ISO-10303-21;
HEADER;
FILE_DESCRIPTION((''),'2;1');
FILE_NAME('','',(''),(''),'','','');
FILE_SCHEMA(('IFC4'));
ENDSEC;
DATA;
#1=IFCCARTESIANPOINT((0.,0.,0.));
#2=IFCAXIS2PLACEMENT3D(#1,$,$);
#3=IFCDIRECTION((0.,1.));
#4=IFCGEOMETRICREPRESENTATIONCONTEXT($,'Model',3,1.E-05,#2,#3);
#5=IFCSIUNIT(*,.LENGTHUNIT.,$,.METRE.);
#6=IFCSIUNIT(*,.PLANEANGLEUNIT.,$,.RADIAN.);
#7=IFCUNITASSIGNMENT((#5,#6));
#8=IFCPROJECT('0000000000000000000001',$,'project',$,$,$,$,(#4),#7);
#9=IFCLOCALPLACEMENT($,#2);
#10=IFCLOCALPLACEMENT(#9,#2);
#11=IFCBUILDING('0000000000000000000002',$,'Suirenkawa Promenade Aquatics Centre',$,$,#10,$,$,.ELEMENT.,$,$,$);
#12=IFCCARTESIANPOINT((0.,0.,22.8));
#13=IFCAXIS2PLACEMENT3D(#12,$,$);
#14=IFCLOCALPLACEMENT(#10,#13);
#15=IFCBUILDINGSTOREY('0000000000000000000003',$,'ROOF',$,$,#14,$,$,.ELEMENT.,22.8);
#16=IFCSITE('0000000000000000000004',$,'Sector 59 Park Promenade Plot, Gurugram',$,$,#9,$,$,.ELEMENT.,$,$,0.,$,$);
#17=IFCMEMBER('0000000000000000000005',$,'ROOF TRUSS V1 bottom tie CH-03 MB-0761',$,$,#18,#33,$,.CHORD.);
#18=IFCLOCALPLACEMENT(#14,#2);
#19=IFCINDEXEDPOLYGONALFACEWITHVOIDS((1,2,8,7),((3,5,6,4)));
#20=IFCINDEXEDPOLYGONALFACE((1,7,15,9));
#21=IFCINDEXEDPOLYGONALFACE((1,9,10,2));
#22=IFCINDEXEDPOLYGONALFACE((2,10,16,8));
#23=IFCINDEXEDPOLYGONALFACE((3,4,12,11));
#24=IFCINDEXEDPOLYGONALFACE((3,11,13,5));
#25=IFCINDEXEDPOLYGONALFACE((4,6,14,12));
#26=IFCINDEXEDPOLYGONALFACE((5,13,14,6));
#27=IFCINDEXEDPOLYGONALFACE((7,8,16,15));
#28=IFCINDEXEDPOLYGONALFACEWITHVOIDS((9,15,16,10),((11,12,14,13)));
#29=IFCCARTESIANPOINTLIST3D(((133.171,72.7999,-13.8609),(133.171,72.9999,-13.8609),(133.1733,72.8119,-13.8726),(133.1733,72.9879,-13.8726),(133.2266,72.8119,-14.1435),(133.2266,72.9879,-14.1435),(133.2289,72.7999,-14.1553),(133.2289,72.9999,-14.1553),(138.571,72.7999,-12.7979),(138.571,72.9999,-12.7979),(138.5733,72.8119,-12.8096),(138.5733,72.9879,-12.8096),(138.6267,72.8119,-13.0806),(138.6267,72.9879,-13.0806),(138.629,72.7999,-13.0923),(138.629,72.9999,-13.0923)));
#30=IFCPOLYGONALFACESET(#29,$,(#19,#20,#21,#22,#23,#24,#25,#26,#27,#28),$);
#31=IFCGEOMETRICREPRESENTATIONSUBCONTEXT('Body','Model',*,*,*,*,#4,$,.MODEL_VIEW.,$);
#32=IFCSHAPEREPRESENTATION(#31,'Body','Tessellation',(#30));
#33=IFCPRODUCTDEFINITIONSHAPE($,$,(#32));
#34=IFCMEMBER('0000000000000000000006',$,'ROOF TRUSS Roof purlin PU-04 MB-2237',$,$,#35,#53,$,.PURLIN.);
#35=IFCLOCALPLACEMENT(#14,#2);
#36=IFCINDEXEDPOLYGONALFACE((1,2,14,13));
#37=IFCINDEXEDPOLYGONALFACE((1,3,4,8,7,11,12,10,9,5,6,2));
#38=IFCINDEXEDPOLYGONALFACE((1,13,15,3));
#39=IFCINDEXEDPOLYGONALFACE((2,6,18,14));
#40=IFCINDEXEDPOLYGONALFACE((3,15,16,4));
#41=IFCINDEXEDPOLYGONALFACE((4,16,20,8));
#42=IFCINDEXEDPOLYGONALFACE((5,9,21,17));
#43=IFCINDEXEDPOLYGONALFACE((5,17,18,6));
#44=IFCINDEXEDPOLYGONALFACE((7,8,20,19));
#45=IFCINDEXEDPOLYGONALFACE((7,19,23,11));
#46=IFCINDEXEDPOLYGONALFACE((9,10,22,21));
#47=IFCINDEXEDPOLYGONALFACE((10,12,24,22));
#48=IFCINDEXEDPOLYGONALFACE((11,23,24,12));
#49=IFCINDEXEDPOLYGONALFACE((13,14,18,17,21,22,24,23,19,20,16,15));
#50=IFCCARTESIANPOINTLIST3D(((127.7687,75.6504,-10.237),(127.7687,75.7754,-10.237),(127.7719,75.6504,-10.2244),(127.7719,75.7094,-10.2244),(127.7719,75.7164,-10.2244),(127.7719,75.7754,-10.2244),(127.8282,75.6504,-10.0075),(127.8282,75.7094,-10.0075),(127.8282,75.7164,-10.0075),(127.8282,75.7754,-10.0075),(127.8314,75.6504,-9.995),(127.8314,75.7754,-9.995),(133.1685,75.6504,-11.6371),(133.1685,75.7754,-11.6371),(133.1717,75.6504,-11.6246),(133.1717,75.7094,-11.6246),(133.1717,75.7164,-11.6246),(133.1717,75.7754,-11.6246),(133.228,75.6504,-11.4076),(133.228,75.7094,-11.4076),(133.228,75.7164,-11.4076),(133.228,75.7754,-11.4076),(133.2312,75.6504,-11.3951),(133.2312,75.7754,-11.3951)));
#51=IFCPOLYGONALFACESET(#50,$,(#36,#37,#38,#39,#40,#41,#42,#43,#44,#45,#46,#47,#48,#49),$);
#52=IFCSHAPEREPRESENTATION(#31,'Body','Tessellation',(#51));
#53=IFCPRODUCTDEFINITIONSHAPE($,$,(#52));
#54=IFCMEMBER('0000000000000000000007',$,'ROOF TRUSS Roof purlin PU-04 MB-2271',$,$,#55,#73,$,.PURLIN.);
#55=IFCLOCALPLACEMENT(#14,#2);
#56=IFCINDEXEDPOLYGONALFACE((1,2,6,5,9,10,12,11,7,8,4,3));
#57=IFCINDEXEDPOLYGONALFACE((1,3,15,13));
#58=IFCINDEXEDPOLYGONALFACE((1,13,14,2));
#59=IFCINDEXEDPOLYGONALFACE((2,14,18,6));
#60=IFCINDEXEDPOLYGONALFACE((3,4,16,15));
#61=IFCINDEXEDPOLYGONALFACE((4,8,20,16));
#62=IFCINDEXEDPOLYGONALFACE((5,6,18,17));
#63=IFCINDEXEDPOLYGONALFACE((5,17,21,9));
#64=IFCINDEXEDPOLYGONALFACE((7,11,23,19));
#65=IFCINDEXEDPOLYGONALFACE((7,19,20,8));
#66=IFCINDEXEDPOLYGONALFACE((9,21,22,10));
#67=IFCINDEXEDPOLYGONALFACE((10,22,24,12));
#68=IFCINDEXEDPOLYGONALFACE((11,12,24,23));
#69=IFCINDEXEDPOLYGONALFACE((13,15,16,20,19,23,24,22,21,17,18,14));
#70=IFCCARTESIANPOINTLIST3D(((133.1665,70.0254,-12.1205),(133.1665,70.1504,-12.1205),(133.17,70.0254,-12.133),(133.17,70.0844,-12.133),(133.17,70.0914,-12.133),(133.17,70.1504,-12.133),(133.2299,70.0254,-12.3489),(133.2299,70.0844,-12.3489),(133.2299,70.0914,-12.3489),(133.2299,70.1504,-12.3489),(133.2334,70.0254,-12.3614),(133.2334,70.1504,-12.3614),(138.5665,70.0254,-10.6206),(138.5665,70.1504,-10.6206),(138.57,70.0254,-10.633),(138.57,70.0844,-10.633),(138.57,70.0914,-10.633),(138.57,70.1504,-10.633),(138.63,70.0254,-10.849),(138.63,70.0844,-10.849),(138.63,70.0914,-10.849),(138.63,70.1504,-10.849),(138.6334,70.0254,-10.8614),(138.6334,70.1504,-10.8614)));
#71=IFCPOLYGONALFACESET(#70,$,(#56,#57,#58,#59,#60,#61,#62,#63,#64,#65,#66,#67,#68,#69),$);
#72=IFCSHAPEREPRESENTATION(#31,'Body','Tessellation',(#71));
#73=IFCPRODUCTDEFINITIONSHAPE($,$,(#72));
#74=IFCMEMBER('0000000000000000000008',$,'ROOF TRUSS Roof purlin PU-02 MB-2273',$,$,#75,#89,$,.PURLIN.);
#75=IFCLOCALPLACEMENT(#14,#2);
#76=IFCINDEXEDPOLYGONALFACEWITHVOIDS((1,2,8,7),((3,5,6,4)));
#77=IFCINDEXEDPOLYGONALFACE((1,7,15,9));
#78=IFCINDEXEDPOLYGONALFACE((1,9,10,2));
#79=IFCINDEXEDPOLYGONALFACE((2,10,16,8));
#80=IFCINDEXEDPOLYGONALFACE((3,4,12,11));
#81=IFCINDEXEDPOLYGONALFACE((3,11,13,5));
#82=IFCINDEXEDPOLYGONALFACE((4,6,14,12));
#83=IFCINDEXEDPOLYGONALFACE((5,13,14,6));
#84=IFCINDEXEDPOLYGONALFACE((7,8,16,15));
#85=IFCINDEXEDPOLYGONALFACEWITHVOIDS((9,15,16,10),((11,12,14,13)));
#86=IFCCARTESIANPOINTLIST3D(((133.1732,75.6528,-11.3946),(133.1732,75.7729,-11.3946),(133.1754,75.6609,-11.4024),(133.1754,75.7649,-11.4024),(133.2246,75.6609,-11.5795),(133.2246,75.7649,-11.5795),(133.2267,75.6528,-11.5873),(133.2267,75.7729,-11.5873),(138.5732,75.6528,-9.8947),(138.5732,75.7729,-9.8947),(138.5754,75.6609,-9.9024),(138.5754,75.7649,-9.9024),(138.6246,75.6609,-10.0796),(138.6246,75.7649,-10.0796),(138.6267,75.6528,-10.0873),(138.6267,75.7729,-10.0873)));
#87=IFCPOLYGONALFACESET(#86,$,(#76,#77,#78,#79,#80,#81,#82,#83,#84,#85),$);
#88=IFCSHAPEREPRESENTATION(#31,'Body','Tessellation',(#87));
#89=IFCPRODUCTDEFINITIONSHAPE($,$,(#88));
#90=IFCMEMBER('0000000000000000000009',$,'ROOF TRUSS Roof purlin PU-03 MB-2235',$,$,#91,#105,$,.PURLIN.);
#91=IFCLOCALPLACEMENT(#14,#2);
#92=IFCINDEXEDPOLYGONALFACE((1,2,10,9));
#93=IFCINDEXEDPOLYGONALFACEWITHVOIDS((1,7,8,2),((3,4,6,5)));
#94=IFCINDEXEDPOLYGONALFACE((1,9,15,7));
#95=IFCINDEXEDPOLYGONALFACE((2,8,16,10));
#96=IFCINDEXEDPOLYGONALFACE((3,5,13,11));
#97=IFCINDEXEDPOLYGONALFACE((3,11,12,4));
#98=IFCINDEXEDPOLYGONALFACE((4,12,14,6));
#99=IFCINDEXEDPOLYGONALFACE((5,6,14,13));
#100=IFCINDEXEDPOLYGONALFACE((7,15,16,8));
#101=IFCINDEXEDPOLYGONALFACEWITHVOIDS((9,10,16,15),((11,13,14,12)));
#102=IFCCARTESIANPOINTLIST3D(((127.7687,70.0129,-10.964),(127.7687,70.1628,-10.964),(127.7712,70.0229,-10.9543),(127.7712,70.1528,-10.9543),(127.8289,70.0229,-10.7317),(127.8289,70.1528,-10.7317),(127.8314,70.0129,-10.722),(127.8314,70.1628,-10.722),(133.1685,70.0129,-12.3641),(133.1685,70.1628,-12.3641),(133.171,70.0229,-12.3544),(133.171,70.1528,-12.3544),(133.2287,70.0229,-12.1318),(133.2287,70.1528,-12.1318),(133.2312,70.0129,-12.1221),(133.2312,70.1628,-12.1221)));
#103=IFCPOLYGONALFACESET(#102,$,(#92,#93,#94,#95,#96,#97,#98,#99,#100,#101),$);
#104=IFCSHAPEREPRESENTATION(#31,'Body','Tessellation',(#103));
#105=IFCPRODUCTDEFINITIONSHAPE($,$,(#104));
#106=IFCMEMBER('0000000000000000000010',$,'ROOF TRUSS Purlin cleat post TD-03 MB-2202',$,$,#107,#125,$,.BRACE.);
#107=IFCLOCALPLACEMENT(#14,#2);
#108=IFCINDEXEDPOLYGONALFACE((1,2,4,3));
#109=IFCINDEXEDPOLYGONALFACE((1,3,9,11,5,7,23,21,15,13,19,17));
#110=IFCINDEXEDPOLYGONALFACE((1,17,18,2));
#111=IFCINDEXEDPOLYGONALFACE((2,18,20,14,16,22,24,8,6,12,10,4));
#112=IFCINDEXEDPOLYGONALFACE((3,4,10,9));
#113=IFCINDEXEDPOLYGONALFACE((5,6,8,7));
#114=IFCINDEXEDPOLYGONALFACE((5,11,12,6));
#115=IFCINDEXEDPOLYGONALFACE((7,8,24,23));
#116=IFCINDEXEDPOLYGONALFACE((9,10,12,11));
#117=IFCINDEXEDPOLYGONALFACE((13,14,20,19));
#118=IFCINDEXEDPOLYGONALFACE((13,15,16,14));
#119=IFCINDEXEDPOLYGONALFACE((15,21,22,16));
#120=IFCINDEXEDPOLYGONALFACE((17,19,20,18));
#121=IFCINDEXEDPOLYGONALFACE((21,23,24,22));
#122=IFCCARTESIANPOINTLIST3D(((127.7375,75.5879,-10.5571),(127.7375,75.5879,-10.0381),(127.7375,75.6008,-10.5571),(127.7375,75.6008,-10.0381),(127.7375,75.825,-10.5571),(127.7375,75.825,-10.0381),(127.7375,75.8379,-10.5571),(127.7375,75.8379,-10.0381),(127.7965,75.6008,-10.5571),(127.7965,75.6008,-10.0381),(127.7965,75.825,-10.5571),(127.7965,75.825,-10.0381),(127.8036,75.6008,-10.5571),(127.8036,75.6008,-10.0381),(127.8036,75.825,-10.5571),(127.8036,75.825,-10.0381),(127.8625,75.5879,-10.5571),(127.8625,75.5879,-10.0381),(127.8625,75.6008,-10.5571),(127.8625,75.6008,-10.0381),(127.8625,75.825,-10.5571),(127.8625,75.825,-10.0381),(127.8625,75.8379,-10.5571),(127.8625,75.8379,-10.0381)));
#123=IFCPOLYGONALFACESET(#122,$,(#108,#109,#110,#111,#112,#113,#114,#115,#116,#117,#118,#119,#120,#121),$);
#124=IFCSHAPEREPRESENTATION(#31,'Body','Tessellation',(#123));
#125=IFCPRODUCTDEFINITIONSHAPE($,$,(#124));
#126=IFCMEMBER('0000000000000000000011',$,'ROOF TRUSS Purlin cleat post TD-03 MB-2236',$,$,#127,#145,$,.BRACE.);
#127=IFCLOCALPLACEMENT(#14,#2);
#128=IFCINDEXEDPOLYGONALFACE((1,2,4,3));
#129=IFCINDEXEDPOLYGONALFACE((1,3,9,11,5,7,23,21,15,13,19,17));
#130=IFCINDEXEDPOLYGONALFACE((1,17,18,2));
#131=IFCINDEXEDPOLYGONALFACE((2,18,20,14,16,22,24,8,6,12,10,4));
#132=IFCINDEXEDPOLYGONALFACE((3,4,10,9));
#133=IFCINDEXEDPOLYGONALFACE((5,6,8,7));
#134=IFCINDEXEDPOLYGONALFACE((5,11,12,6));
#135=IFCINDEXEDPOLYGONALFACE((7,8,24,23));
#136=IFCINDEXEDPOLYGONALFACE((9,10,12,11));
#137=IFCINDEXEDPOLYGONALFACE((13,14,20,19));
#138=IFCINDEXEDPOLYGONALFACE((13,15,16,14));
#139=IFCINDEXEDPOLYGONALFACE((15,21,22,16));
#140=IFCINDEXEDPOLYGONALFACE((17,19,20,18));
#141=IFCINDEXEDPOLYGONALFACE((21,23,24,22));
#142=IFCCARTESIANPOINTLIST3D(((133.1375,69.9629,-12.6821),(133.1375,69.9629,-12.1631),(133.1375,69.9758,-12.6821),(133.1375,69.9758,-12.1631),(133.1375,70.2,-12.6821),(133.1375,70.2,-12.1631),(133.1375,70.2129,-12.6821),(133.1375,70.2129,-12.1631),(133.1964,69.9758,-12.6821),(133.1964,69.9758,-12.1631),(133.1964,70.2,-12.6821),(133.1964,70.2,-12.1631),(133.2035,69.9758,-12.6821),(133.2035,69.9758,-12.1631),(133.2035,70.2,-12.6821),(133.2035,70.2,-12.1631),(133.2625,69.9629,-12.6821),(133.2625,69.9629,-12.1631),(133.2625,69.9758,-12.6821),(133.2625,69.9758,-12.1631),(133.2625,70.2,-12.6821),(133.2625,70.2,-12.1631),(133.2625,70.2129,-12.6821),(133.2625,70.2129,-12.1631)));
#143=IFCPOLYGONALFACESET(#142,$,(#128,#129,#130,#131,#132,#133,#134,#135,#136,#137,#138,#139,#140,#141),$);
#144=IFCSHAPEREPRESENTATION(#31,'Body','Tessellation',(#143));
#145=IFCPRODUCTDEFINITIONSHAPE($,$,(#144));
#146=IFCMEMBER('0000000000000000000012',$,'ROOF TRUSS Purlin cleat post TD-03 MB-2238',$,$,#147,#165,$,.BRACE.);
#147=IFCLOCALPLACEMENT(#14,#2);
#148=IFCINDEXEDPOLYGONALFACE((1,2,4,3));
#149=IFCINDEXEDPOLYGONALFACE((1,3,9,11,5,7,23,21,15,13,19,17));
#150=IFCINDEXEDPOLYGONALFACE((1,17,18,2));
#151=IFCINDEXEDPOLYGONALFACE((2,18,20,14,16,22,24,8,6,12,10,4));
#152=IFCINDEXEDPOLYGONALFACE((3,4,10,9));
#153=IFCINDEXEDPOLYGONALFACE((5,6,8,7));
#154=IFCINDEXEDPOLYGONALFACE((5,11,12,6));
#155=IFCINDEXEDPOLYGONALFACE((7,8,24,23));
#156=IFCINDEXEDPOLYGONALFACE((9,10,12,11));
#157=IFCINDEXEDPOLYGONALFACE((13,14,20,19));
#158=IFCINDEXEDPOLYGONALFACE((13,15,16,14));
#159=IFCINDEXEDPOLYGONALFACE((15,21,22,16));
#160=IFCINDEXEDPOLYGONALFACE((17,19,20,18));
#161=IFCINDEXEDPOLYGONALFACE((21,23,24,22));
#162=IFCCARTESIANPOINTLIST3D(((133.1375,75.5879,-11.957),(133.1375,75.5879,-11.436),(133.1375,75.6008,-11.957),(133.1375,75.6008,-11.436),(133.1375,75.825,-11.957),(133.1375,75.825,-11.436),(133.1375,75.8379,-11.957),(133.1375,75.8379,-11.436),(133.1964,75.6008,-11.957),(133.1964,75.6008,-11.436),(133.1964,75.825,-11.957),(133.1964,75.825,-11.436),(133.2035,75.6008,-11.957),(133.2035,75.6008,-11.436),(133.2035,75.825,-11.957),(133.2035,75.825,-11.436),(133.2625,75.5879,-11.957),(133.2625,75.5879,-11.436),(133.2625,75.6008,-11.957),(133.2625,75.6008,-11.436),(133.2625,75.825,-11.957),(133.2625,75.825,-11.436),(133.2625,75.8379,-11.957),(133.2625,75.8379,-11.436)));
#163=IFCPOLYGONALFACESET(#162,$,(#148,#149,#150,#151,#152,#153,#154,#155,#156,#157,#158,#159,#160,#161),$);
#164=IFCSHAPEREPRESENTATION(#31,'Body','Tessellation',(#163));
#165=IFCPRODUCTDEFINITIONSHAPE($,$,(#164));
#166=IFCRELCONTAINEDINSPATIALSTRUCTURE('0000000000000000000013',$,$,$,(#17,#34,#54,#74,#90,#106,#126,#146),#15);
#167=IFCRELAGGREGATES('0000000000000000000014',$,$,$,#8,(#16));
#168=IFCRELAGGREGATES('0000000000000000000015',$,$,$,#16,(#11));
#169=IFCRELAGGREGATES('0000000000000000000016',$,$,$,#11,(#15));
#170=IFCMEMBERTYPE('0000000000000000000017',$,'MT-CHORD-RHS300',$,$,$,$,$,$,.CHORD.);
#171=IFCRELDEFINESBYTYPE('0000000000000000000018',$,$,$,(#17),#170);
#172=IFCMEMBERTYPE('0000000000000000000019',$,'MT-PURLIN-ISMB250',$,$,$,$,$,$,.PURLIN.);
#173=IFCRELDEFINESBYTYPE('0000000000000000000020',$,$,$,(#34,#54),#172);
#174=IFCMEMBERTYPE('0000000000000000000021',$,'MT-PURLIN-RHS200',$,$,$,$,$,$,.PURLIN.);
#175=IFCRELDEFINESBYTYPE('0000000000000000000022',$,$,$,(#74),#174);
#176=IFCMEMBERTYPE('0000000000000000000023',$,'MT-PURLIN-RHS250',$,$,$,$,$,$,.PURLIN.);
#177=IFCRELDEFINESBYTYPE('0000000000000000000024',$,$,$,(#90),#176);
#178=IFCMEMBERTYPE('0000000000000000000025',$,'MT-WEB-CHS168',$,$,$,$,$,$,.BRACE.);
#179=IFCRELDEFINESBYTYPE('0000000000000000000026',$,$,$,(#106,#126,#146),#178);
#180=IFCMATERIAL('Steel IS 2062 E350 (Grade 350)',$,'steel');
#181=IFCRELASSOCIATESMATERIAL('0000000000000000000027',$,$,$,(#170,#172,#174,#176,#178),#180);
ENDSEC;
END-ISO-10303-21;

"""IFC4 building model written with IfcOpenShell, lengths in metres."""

from ifc_helpers import new_model, si_unit, direction, frame, origin, origin_2d, place, context, subcontext, project, spatial, hollow_rectangle, i_section, extrude, material, material_profile, profile_set, type_object, element, save


model = new_model("IFC4")

# Units and contexts
model_context = context("Model", 3, precision=1e-05, world=origin(), true_north=direction((0.0, 1.0)))
body_context = subcontext(model_context, "Body", "Model", "MODEL_VIEW")
ifc_project = project(units=[si_unit("LENGTHUNIT", "METRE"), si_unit("PLANEANGLEUNIT", "RADIAN")], contexts=[model_context])

# Site, building, storey
site_placement = place(None, origin())
site = spatial("IfcSite", under=ifc_project, at=site_placement, Name="Sector 59 Park Promenade Plot, Gurugram", CompositionType="ELEMENT", RefElevation=0.0)
building_placement = place(site_placement, origin())
building = spatial("IfcBuilding", under=site, at=building_placement, Name="Suirenkawa Promenade Aquatics Centre", CompositionType="ELEMENT")
storey_placement = place(building_placement, frame((0.0, 0.0, 22.8)))
storey = spatial("IfcBuildingStorey", under=building, at=storey_placement, Name="ROOF", CompositionType="ELEMENT", Elevation=22.8)

# Shared definitions
ifc_material = material(Name="Steel IS 2062 E350 (Grade 350)", Category="steel")

# Members
ifc_material_profile_1 = material_profile(ifc_material, hollow_rectangle(XDim=0.2, YDim=0.3, WallThickness=0.012, at=origin_2d()), Name="RHS 300x200x12", Category="steel")
ifc_profile_set_1 = profile_set([ifc_material_profile_1], Name="Steel IS 2062 E350 (Grade 350)")
member_type_1 = type_object("IfcMemberType", Name="MT-CHORD-RHS300", PredefinedType="CHORD", material=ifc_profile_set_1)
member_1_placement = place(storey_placement, frame((133.2, 72.8999, -14.0081), z_axis=(0.981172, 0.0, 0.193138), x_axis=(0.0, 1.0, 0.0)))
element("IfcMember", 1, at=member_1_placement, inside=storey, type_object=member_type_1, Name="ROOF TRUSS V1 bottom tie CH-03 MB-0761", PredefinedType="CHORD", context=body_context, shape_type="SweptSolid", body=[
    extrude(hollow_rectangle(XDim=0.2, YDim=0.3, WallThickness=0.012, at=origin_2d()), origin(), (0.0, 0.0, 1.0), 5.5037),
])
ifc_material_profile_2 = material_profile(ifc_material, i_section(OverallWidth=0.125, OverallDepth=0.25, WebThickness=0.0071, FlangeThickness=0.0129, at=origin_2d()), Name="ISMB 250", Category="steel")
ifc_profile_set_2 = profile_set([ifc_material_profile_2], Name="Steel IS 2062 E350 (Grade 350)")
member_type_2 = type_object("IfcMemberType", Name="MT-PURLIN-ISMB250", PredefinedType="PURLIN", material=ifc_profile_set_2)
member_2_placement = place(storey_placement, frame((127.8, 75.7129, -10.116), z_axis=(0.967989, 0.0, -0.250991), x_axis=(0.0, 1.0, 0.0)))
element("IfcMember", 2, at=member_2_placement, inside=storey, type_object=member_type_2, Name="ROOF TRUSS Roof purlin PU-04 MB-2237", PredefinedType="PURLIN", context=body_context, shape_type="SweptSolid", body=[
    extrude(i_section(OverallWidth=0.125, OverallDepth=0.25, WebThickness=0.0071, FlangeThickness=0.0129, at=origin_2d()), origin(), (0.0, 0.0, 1.0), 5.5784),
])
member_3_placement = place(storey_placement, frame((133.2, 70.0879, -12.241), z_axis=(0.96352, 0.0, 0.267637), x_axis=(0.0, 1.0, 0.0)))
element("IfcMember", 3, at=member_3_placement, inside=storey, type_object=member_type_2, Name="ROOF TRUSS Roof purlin PU-04 MB-2271", PredefinedType="PURLIN", context=body_context, shape_type="SweptSolid", body=[
    extrude(i_section(OverallWidth=0.125, OverallDepth=0.25, WebThickness=0.0071, FlangeThickness=0.0129, at=origin_2d()), origin(), (0.0, 0.0, 1.0), 5.6045),
])
ifc_material_profile_3 = material_profile(ifc_material, hollow_rectangle(XDim=0.1201, YDim=0.2, WallThickness=0.0081, at=origin_2d()), Name="RHS 200x120x8", Category="steel")
ifc_profile_set_3 = profile_set([ifc_material_profile_3], Name="Steel IS 2062 E350 (Grade 350)")
member_type_3 = type_object("IfcMemberType", Name="MT-PURLIN-RHS200", PredefinedType="PURLIN", material=ifc_profile_set_3)
member_4_placement = place(storey_placement, frame((133.2, 75.7129, -11.491), z_axis=(0.96352, 0.0, 0.267637), x_axis=(0.0, 1.0, 0.0)))
element("IfcMember", 4, at=member_4_placement, inside=storey, type_object=member_type_3, Name="ROOF TRUSS Roof purlin PU-02 MB-2273", PredefinedType="PURLIN", context=body_context, shape_type="SweptSolid", body=[
    extrude(hollow_rectangle(XDim=0.1201, YDim=0.2, WallThickness=0.0081, at=origin_2d()), origin(), (0.0, 0.0, 1.0), 5.6045),
])
ifc_material_profile_4 = material_profile(ifc_material, hollow_rectangle(XDim=0.1499, YDim=0.25, WallThickness=0.01, at=origin_2d()), Name="RHS 250x150x10", Category="steel")
ifc_profile_set_4 = profile_set([ifc_material_profile_4], Name="Steel IS 2062 E350 (Grade 350)")
member_type_4 = type_object("IfcMemberType", Name="MT-PURLIN-RHS250", PredefinedType="PURLIN", material=ifc_profile_set_4)
member_5_placement = place(storey_placement, frame((127.8, 70.0879, -10.843), z_axis=(0.967989, 0.0, -0.250991), x_axis=(0.0, 1.0, 0.0)))
element("IfcMember", 5, at=member_5_placement, inside=storey, type_object=member_type_4, Name="ROOF TRUSS Roof purlin PU-03 MB-2235", PredefinedType="PURLIN", context=body_context, shape_type="SweptSolid", body=[
    extrude(hollow_rectangle(XDim=0.1499, YDim=0.25, WallThickness=0.01, at=origin_2d()), origin(), (0.0, 0.0, 1.0), 5.5784),
])
ifc_material_profile_5 = material_profile(ifc_material, i_section(OverallWidth=0.125, OverallDepth=0.25, WebThickness=0.0071, FlangeThickness=0.0129, at=origin_2d()), Name="ISMB 250", Category="steel")
ifc_profile_set_5 = profile_set([ifc_material_profile_5], Name="Steel IS 2062 E350 (Grade 350)")
member_type_5 = type_object("IfcMemberType", Name="MT-WEB-CHS168", PredefinedType="BRACE", material=ifc_profile_set_5)
for number, where, z_axis, x_axis, name in (
    (6, (127.8, 75.7129, -10.5571), (0.0, 0.0, 1.0), (1.0, 0.0, 0.0), "ROOF TRUSS Purlin cleat post TD-03 MB-2202"),
    (7, (133.2, 70.0879, -12.6821), (0.0, 0.0, 1.0), (1.0, 0.0, 0.0), "ROOF TRUSS Purlin cleat post TD-03 MB-2236"),
):
    element("IfcMember", number, at=place(storey_placement, frame(where, z_axis=z_axis, x_axis=x_axis)), inside=storey, type_object=member_type_5, Name=name, PredefinedType="BRACE", context=body_context, shape_type="SweptSolid", body=[
        extrude(i_section(OverallWidth=0.125, OverallDepth=0.25, WebThickness=0.0071, FlangeThickness=0.0129, at=origin_2d()), origin(), (0.0, 0.0, 1.0), 0.519),
    ])
member_6_placement = place(storey_placement, frame((133.2, 75.7129, -11.957), z_axis=(0.0, 0.0, 1.0), x_axis=(1.0, 0.0, 0.0)))
element("IfcMember", 8, at=member_6_placement, inside=storey, type_object=member_type_5, Name="ROOF TRUSS Purlin cleat post TD-03 MB-2238", PredefinedType="BRACE", context=body_context, shape_type="SweptSolid", body=[
    extrude(i_section(OverallWidth=0.125, OverallDepth=0.25, WebThickness=0.0071, FlangeThickness=0.0129, at=origin_2d()), origin(), (0.0, 0.0, 1.0), 0.521),
])

save(model, "model.ifc")
